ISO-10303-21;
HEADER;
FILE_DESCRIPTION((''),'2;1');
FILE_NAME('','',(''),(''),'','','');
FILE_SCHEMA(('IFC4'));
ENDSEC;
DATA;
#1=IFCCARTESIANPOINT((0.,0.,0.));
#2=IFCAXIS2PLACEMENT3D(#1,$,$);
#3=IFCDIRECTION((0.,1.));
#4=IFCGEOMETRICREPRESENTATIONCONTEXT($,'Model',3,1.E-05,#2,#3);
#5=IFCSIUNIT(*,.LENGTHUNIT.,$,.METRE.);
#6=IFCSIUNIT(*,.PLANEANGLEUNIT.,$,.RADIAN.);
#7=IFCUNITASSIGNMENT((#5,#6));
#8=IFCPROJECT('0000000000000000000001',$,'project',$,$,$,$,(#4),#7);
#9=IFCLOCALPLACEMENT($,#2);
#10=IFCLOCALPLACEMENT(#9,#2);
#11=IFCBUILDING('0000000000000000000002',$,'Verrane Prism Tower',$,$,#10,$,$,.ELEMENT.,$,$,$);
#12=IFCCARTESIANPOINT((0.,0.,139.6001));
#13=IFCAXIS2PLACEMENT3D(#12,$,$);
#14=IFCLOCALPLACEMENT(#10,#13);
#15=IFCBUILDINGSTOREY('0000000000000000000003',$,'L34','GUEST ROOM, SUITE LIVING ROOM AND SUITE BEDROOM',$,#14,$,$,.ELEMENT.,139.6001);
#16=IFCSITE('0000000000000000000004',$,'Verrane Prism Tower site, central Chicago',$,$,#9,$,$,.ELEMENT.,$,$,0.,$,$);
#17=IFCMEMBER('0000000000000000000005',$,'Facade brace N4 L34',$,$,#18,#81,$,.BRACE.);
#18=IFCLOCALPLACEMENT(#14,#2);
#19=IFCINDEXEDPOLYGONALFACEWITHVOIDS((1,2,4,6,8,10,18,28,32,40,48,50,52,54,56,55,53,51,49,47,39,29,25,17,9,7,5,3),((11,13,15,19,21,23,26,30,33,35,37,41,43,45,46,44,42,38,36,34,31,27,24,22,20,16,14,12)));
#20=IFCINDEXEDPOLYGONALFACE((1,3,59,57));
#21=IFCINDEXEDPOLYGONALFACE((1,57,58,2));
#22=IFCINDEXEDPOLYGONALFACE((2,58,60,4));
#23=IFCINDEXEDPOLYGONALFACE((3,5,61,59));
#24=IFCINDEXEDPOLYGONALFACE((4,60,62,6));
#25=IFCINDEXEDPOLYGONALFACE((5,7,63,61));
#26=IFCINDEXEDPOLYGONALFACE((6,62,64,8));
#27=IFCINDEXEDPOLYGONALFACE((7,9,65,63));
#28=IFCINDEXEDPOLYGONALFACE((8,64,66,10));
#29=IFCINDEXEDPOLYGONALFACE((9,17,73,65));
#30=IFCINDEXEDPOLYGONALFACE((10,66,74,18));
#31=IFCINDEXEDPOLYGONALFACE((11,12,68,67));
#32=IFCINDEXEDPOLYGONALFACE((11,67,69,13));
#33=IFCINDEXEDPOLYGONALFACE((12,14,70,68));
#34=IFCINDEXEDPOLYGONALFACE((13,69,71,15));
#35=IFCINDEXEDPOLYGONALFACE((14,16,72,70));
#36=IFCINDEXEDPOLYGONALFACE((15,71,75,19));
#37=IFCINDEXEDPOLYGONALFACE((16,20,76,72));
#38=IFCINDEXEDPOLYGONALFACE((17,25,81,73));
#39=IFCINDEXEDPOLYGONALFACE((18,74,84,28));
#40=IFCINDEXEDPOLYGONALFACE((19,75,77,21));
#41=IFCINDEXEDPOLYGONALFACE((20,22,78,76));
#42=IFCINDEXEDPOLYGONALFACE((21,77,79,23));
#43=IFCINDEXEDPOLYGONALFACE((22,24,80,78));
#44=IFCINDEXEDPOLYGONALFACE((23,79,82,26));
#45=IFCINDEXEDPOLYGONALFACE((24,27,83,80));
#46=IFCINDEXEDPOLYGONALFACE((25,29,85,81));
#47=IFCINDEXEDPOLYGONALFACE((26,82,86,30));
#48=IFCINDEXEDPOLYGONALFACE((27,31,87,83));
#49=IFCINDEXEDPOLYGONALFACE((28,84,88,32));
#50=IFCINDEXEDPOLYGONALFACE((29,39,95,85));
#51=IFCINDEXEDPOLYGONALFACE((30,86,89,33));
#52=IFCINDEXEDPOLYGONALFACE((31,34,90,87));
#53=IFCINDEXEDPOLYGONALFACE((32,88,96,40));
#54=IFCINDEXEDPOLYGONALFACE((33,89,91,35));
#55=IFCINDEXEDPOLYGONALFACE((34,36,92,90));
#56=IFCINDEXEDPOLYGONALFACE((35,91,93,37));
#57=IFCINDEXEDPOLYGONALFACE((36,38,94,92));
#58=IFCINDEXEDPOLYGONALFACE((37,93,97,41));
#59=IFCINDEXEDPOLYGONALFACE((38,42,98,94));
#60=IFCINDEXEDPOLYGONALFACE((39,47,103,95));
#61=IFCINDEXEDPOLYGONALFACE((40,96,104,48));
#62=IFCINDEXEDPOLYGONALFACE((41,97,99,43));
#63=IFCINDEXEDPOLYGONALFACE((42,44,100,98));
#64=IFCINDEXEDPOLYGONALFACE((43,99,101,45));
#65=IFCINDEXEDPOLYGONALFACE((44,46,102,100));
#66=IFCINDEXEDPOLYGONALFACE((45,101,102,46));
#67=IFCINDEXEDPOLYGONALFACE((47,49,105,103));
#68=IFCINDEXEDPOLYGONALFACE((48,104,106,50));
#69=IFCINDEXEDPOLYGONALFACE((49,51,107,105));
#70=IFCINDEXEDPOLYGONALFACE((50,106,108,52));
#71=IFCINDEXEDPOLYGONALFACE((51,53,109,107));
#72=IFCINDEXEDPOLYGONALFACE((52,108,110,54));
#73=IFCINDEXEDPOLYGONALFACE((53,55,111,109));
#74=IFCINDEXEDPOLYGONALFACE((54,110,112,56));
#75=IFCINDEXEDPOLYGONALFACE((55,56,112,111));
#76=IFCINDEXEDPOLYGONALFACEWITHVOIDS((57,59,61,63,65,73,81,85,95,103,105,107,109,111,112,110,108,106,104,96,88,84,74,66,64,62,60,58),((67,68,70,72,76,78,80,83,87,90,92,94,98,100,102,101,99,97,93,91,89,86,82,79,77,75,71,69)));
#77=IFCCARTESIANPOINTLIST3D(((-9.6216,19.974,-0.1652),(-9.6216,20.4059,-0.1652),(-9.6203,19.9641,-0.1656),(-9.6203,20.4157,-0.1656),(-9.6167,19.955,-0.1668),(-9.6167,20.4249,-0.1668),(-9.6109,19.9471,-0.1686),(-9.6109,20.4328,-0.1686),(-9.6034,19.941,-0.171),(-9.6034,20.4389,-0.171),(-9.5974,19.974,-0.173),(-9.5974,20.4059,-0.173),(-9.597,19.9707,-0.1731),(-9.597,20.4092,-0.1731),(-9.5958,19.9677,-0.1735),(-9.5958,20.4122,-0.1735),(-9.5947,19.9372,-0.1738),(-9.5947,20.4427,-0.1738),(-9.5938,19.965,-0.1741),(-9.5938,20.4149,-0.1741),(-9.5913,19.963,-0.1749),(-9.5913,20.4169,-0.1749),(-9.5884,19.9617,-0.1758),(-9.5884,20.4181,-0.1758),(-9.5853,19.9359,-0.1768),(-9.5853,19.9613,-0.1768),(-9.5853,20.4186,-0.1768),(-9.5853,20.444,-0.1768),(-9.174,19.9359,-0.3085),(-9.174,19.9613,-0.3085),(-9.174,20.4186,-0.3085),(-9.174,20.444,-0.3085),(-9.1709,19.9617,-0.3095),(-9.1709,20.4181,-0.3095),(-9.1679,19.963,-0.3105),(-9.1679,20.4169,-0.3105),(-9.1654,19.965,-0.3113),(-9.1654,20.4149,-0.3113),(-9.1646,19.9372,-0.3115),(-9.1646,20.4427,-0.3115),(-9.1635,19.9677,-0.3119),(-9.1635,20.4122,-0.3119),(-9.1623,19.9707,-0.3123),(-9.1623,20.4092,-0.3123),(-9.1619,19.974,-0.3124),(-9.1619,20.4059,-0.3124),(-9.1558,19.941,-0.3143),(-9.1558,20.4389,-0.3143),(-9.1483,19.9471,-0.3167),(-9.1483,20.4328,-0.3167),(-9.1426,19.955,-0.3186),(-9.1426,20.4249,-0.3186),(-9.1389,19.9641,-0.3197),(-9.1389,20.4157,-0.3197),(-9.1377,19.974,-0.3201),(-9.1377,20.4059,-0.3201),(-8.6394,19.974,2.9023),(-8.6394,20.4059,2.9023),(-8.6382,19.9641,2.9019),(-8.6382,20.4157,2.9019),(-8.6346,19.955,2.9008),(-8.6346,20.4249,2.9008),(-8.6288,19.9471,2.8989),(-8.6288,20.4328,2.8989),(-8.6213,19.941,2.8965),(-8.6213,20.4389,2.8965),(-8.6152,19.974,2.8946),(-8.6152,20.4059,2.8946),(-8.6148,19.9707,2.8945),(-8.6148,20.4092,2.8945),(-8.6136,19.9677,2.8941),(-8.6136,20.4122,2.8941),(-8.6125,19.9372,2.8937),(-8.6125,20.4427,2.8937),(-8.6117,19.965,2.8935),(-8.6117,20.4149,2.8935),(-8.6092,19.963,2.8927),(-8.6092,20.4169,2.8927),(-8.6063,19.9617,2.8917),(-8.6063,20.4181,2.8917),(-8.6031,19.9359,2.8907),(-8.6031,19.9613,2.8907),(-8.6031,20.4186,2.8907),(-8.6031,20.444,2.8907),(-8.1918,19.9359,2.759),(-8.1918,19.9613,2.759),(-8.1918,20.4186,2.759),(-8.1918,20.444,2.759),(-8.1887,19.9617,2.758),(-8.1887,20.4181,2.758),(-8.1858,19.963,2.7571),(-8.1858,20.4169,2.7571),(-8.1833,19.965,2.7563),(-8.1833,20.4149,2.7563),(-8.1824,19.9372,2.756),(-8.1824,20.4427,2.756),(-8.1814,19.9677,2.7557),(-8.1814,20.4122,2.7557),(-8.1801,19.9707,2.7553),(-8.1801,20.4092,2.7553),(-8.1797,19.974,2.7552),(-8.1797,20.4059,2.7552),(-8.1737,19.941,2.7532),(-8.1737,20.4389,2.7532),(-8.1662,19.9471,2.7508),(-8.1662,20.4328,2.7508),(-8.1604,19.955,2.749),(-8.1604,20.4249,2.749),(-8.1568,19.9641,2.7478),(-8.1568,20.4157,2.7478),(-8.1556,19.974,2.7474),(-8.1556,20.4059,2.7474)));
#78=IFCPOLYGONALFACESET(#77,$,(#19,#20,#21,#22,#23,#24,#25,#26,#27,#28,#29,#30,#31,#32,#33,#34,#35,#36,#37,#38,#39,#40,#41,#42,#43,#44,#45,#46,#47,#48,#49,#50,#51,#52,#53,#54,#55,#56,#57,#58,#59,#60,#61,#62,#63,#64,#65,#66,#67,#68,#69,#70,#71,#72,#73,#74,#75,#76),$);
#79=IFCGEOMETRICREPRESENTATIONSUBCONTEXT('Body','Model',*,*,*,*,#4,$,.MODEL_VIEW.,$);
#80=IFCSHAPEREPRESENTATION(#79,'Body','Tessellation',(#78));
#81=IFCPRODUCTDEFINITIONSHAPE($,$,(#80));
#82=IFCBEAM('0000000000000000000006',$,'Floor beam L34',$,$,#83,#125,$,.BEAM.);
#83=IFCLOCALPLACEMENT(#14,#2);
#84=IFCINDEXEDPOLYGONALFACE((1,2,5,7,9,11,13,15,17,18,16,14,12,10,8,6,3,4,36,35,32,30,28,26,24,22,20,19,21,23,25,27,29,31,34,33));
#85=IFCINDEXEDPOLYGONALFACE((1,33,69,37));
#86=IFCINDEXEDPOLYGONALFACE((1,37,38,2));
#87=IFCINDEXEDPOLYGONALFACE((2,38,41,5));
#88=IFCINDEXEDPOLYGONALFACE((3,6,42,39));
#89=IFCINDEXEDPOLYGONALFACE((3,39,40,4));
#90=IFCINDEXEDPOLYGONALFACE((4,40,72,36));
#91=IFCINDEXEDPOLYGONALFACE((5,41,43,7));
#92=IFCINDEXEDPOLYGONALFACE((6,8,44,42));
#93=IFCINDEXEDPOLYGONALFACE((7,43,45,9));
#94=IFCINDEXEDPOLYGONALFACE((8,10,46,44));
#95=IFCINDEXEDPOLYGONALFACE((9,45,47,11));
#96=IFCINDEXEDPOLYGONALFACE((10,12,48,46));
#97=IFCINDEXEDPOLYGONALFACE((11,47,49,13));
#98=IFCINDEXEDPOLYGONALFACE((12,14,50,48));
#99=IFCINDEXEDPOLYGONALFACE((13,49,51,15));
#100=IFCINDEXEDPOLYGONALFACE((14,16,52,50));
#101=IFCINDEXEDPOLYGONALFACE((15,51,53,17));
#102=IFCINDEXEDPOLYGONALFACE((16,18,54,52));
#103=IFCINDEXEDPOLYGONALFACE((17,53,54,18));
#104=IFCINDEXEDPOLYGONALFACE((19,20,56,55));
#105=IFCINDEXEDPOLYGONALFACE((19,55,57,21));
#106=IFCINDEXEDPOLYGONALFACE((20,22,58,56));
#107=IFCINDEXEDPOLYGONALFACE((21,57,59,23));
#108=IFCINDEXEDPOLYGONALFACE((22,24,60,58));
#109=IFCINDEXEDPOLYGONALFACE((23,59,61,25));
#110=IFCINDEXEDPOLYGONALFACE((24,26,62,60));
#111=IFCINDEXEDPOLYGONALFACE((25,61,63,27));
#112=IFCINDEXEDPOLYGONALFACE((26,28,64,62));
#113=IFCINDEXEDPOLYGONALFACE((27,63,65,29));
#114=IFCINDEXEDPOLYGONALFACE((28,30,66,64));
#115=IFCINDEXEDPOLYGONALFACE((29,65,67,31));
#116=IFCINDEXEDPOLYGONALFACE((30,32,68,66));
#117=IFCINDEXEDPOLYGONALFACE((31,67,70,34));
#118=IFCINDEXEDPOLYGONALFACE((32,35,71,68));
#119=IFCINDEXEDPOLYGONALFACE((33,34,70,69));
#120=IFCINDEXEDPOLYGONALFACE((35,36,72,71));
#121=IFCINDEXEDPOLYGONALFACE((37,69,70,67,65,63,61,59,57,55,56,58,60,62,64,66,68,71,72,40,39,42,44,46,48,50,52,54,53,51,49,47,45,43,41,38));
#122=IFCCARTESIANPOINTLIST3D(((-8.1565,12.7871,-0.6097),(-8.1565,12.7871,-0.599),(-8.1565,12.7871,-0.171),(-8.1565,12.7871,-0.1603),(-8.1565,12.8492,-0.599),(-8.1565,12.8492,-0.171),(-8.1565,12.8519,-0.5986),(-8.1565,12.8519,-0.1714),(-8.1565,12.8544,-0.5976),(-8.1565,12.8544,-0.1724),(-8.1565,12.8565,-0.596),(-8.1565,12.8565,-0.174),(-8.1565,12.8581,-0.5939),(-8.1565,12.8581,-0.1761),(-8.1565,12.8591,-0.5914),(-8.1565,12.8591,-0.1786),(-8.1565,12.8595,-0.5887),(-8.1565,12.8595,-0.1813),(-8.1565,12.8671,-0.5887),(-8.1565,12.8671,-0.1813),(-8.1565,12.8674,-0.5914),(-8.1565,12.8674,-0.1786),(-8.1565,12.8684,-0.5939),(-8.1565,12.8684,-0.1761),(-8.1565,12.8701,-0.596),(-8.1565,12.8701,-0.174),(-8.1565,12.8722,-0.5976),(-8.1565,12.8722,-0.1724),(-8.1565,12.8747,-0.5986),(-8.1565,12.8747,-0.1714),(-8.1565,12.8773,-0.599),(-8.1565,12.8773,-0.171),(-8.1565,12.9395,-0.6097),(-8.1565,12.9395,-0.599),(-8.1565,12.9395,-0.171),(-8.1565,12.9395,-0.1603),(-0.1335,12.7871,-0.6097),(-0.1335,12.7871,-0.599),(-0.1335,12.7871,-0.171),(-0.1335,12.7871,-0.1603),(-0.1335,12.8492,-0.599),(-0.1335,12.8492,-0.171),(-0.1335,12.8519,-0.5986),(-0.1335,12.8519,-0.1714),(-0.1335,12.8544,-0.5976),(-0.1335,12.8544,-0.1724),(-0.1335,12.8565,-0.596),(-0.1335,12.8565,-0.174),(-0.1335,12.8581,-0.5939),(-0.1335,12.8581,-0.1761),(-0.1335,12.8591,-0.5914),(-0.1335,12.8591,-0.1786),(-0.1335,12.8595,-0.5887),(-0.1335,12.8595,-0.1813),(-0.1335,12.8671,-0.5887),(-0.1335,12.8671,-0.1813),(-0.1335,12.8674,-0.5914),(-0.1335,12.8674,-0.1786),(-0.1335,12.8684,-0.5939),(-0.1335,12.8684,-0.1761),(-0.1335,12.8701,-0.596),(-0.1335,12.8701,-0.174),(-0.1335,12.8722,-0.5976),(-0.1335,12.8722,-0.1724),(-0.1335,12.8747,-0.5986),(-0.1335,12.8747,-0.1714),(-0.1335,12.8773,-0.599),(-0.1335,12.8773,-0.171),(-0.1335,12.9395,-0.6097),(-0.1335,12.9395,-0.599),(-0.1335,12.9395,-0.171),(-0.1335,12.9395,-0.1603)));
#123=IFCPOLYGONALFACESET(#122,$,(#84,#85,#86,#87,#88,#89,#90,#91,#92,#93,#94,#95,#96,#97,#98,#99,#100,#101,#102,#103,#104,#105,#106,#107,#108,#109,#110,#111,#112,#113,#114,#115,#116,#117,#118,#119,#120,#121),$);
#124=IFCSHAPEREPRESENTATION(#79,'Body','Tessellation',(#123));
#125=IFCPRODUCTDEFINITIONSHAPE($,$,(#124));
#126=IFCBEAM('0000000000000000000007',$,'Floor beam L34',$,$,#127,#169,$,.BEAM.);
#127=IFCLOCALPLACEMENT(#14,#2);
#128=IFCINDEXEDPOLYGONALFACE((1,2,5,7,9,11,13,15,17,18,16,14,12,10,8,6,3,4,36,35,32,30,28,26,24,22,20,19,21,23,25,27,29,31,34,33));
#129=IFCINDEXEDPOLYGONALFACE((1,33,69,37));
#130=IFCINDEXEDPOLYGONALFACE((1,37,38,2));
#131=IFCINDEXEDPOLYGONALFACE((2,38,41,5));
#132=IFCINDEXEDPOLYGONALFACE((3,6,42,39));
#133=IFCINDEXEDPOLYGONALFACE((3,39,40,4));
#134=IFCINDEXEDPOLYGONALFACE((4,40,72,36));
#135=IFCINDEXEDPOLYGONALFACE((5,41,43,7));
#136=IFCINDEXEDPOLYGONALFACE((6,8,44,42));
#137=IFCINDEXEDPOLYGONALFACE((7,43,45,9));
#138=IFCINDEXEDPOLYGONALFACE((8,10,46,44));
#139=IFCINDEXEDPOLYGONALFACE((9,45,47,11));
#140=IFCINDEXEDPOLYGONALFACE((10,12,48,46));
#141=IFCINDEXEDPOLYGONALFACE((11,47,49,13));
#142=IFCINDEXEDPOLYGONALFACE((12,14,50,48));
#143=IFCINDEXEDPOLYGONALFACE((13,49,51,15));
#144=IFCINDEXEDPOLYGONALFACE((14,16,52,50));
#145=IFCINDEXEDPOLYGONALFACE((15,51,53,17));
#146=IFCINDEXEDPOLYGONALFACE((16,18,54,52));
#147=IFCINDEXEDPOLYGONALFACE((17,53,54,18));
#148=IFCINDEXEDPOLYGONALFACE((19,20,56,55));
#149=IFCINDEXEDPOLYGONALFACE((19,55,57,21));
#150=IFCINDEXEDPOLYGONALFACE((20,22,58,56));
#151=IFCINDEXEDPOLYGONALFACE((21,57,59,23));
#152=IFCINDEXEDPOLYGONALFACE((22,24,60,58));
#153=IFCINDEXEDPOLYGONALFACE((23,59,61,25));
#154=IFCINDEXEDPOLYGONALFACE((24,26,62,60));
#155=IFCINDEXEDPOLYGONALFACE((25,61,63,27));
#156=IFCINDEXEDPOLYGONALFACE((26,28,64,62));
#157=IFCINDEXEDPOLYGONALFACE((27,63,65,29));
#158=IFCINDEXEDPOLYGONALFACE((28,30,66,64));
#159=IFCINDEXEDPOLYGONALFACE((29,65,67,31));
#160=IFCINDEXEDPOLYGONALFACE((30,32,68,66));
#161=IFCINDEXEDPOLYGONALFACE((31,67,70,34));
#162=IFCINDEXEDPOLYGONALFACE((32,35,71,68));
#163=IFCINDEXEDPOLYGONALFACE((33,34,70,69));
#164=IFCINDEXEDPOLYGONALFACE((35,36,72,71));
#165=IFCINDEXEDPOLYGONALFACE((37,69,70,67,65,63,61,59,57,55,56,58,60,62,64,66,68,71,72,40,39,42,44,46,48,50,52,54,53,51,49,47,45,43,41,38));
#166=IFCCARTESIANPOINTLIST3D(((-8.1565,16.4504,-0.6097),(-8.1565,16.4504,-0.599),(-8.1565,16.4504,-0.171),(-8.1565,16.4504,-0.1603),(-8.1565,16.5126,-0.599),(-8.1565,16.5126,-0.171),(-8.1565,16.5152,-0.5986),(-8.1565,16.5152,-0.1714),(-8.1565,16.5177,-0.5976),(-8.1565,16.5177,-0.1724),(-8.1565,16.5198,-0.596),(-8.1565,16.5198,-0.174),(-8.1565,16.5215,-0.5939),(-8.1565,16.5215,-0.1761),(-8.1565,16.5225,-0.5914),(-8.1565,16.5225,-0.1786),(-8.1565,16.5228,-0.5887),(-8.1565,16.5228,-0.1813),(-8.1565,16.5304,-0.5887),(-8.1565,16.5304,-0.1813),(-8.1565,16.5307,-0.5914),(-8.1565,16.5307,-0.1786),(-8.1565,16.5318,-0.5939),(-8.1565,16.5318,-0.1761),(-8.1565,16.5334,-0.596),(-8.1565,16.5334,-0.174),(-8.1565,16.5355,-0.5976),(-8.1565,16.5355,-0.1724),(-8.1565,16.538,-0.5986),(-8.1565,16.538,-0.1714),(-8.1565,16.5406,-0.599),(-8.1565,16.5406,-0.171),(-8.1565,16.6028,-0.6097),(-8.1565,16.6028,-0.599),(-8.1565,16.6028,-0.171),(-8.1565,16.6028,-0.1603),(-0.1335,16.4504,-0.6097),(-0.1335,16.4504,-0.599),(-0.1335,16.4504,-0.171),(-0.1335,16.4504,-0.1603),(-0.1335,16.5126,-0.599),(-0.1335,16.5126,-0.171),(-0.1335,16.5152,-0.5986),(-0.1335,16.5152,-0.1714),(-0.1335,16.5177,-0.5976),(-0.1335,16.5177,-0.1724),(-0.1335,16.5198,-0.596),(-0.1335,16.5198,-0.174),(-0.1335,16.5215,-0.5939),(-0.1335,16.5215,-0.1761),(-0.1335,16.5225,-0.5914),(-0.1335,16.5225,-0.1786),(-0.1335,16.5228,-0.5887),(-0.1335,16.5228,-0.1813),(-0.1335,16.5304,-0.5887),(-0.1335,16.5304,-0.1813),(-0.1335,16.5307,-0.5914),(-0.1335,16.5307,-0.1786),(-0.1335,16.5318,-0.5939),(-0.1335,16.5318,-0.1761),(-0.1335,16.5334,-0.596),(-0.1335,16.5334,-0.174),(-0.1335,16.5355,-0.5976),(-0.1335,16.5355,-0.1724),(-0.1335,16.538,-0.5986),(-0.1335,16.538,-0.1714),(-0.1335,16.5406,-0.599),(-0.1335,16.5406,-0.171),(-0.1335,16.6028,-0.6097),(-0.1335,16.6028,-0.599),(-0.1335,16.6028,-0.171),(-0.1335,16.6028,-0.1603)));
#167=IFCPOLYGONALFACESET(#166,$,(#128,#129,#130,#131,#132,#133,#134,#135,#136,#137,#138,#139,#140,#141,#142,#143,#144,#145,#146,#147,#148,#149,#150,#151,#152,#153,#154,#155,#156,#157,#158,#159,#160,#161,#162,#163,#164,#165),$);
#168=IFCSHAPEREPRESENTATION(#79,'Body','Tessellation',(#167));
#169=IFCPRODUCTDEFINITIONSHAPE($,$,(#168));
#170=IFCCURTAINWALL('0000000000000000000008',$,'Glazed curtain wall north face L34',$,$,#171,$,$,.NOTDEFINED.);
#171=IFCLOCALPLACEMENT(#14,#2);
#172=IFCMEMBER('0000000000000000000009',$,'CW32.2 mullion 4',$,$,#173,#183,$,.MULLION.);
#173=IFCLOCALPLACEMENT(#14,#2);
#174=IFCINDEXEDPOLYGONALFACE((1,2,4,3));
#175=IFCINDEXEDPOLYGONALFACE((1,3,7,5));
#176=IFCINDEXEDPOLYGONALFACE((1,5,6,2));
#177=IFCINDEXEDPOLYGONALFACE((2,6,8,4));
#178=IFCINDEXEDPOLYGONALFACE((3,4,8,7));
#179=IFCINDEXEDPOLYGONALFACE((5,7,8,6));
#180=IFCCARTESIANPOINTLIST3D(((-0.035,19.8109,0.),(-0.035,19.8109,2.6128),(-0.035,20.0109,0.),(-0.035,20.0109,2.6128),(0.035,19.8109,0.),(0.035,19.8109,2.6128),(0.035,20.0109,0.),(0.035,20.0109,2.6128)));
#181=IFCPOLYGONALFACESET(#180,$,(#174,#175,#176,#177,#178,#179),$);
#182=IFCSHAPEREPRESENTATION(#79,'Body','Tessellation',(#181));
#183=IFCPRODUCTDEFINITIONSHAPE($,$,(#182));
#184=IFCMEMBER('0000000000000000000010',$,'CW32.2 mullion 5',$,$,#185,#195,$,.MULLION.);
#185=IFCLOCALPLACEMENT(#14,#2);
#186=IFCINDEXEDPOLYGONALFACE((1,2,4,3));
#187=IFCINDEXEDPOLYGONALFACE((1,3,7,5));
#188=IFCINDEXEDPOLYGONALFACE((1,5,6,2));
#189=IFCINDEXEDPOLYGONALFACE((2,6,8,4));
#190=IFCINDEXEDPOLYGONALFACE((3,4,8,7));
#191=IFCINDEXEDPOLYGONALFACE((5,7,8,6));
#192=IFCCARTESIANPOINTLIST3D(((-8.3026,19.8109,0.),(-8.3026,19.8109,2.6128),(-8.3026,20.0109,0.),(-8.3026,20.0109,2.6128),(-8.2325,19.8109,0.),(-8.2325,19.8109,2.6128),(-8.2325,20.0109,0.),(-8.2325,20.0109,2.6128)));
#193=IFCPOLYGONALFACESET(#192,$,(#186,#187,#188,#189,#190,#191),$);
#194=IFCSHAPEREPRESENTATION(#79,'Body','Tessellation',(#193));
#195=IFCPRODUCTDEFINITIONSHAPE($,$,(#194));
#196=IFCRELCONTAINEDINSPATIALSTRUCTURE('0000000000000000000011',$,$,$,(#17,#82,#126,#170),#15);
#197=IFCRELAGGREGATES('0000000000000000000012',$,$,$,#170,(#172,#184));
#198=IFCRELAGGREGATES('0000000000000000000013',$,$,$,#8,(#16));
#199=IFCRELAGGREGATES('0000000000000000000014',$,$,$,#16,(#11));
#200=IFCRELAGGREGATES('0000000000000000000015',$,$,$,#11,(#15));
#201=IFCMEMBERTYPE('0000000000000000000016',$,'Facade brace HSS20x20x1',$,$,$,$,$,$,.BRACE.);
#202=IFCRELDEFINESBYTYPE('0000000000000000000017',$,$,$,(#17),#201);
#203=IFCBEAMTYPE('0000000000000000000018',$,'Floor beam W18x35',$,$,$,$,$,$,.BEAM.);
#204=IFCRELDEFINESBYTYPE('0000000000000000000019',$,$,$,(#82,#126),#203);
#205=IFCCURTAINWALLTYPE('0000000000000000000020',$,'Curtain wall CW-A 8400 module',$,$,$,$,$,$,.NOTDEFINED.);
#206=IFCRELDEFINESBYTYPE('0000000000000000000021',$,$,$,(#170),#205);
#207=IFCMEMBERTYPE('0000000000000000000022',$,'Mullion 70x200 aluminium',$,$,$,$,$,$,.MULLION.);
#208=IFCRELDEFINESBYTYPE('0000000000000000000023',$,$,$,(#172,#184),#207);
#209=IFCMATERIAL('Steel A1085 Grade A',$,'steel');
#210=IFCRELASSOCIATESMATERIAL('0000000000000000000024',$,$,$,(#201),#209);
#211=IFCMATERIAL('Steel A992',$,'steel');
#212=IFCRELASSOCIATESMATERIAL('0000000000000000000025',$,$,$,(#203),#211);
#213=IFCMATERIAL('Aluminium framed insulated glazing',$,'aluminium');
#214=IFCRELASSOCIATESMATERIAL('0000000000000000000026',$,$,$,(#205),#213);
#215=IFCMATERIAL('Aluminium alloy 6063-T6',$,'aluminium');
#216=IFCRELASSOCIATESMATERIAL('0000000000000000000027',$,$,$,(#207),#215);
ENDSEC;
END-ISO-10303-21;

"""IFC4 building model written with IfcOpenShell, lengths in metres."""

from ifc_helpers import new_model, si_unit, direction, frame, origin, origin_2d, place, context, subcontext, project, spatial, rectangle, hollow_rectangle, i_section, extrude, material, material_profile, profile_set, type_object, element, aggregate, save


model = new_model("IFC4")

# Units and contexts
model_context = context("Model", 3, precision=1e-05, world=origin(), true_north=direction((0.0, 1.0)))
body_context = subcontext(model_context, "Body", "Model", "MODEL_VIEW")
ifc_project = project(units=[si_unit("LENGTHUNIT", "METRE"), si_unit("PLANEANGLEUNIT", "RADIAN")], contexts=[model_context])

# Site, building, storey
site_placement = place(None, origin())
site = spatial("IfcSite", under=ifc_project, at=site_placement, Name="Verrane Prism Tower site, central Chicago", CompositionType="ELEMENT", RefElevation=0.0)
building_placement = place(site_placement, origin())
building = spatial("IfcBuilding", under=site, at=building_placement, Name="Verrane Prism Tower", CompositionType="ELEMENT")
storey_placement = place(building_placement, frame((0.0, 0.0, 139.6001)))
storey = spatial("IfcBuildingStorey", under=building, at=storey_placement, Name="L34", Description="GUEST ROOM, SUITE LIVING ROOM AND SUITE BEDROOM", CompositionType="ELEMENT", Elevation=139.6001)

# Member
ifc_material_1 = material(Name="Steel A1085 Grade A", Category="steel")
ifc_material_profile_1 = material_profile(ifc_material_1, hollow_rectangle(XDim=0.5081, YDim=0.5081, WallThickness=0.0254, InnerFilletRadius=0.0127, OuterFilletRadius=0.0381, at=origin_2d()), Name="HSS20x20x1")
ifc_profile_set_1 = profile_set([ifc_material_profile_1], Name="Steel A1085 Grade A")
member_type_1 = type_object("IfcMemberType", Name="Facade brace HSS20x20x1", PredefinedType="BRACE", material=ifc_profile_set_1)
member_1_placement = place(storey_placement, frame((-9.3796, 20.1899, -0.2427), z_axis=(0.304927, 0.0, 0.952376), x_axis=(0.0, 1.0, 0.0)))
element("IfcMember", 1, at=member_1_placement, inside=storey, type_object=member_type_1, Name="Facade brace N4 L34", PredefinedType="BRACE", context=body_context, shape_type="SweptSolid", body=[
    extrude(hollow_rectangle(XDim=0.5081, YDim=0.5081, WallThickness=0.0254, InnerFilletRadius=0.0127, OuterFilletRadius=0.0381, at=origin_2d()), origin(), (0.0, 0.0, 1.0), 3.2209),
])

# Beams
ifc_material_2 = material(Name="Steel A992", Category="steel")
ifc_material_profile_2 = material_profile(ifc_material_2, i_section(OverallWidth=0.1523, OverallDepth=0.4495, WebThickness=0.0076, FlangeThickness=0.0107, FilletRadius=0.0103, at=origin_2d()), Name="W18x35")
ifc_profile_set_2 = profile_set([ifc_material_profile_2], Name="Steel A992")
beam_type_1 = type_object("IfcBeamType", Name="Floor beam W18x35", PredefinedType="BEAM", material=ifc_profile_set_2)
for number, where, z_axis, x_axis, name in (
    (2, (-8.1565, 12.8633, -0.385), (1.0, 0.0, 0.0), (0.0, 1.0, 0.0), "Floor beam L34"),
    (3, (-8.1565, 16.5266, -0.385), (1.0, 0.0, 0.0), (0.0, 1.0, 0.0), "Floor beam L34"),
):
    element("IfcBeam", number, at=place(storey_placement, frame(where, z_axis=z_axis, x_axis=x_axis)), inside=storey, type_object=beam_type_1, Name=name, PredefinedType="BEAM", context=body_context, shape_type="SweptSolid", body=[
        extrude(i_section(OverallWidth=0.1523, OverallDepth=0.4495, WebThickness=0.0076, FlangeThickness=0.0107, FilletRadius=0.0103, at=origin_2d()), origin(), (0.0, 0.0, 1.0), 8.0229),
    ])

# Curtain wall, members
ifc_material_3 = material(Name="Aluminium framed insulated glazing", Category="aluminium")
curtain_wall_type = type_object("IfcCurtainWallType", Name="Curtain wall CW-A 8400 module", PredefinedType="NOTDEFINED", material=ifc_material_3)
curtain_wall_placement = place(storey_placement, origin())
curtain_wall = element("IfcCurtainWall", 4, at=curtain_wall_placement, inside=storey, type_object=curtain_wall_type, Name="Glazed curtain wall north face L34", PredefinedType="NOTDEFINED")
ifc_material_4 = material(Name="Aluminium alloy 6063-T6", Category="aluminium")
ifc_material_profile_3 = material_profile(ifc_material_4, rectangle(XDim=0.2, YDim=0.0701, at=origin_2d()), Name="Mullion 70x200 aluminium")
ifc_profile_set_3 = profile_set([ifc_material_profile_3], Name="Aluminium alloy 6063-T6")
member_type_2 = type_object("IfcMemberType", Name="Mullion 70x200 aluminium", PredefinedType="MULLION", material=ifc_profile_set_3)
member_2_placement = place(storey_placement, frame((0.0, 19.9109, 0.0), z_axis=(0.0, 0.0, 1.0), x_axis=(0.0, -1.0, 0.0)))
member_2 = element("IfcMember", 5, at=member_2_placement, type_object=member_type_2, Name="CW32.2 mullion 4", PredefinedType="MULLION", context=body_context, shape_type="SweptSolid", body=[
    extrude(rectangle(XDim=0.2, YDim=0.0701, at=origin_2d()), origin(), (0.0, 0.0, 1.0), 2.6128),
])
member_3_placement = place(storey_placement, frame((-8.2676, 19.9109, 0.0), z_axis=(0.0, 0.0, 1.0), x_axis=(0.0, -1.0, 0.0)))
member_3 = element("IfcMember", 6, at=member_3_placement, type_object=member_type_2, Name="CW32.2 mullion 5", PredefinedType="MULLION", context=body_context, shape_type="SweptSolid", body=[
    extrude(rectangle(XDim=0.2, YDim=0.0701, at=origin_2d()), origin(), (0.0, 0.0, 1.0), 2.6128),
])

aggregate(curtain_wall, [member_2, member_3])

save(model, "model.ifc")
